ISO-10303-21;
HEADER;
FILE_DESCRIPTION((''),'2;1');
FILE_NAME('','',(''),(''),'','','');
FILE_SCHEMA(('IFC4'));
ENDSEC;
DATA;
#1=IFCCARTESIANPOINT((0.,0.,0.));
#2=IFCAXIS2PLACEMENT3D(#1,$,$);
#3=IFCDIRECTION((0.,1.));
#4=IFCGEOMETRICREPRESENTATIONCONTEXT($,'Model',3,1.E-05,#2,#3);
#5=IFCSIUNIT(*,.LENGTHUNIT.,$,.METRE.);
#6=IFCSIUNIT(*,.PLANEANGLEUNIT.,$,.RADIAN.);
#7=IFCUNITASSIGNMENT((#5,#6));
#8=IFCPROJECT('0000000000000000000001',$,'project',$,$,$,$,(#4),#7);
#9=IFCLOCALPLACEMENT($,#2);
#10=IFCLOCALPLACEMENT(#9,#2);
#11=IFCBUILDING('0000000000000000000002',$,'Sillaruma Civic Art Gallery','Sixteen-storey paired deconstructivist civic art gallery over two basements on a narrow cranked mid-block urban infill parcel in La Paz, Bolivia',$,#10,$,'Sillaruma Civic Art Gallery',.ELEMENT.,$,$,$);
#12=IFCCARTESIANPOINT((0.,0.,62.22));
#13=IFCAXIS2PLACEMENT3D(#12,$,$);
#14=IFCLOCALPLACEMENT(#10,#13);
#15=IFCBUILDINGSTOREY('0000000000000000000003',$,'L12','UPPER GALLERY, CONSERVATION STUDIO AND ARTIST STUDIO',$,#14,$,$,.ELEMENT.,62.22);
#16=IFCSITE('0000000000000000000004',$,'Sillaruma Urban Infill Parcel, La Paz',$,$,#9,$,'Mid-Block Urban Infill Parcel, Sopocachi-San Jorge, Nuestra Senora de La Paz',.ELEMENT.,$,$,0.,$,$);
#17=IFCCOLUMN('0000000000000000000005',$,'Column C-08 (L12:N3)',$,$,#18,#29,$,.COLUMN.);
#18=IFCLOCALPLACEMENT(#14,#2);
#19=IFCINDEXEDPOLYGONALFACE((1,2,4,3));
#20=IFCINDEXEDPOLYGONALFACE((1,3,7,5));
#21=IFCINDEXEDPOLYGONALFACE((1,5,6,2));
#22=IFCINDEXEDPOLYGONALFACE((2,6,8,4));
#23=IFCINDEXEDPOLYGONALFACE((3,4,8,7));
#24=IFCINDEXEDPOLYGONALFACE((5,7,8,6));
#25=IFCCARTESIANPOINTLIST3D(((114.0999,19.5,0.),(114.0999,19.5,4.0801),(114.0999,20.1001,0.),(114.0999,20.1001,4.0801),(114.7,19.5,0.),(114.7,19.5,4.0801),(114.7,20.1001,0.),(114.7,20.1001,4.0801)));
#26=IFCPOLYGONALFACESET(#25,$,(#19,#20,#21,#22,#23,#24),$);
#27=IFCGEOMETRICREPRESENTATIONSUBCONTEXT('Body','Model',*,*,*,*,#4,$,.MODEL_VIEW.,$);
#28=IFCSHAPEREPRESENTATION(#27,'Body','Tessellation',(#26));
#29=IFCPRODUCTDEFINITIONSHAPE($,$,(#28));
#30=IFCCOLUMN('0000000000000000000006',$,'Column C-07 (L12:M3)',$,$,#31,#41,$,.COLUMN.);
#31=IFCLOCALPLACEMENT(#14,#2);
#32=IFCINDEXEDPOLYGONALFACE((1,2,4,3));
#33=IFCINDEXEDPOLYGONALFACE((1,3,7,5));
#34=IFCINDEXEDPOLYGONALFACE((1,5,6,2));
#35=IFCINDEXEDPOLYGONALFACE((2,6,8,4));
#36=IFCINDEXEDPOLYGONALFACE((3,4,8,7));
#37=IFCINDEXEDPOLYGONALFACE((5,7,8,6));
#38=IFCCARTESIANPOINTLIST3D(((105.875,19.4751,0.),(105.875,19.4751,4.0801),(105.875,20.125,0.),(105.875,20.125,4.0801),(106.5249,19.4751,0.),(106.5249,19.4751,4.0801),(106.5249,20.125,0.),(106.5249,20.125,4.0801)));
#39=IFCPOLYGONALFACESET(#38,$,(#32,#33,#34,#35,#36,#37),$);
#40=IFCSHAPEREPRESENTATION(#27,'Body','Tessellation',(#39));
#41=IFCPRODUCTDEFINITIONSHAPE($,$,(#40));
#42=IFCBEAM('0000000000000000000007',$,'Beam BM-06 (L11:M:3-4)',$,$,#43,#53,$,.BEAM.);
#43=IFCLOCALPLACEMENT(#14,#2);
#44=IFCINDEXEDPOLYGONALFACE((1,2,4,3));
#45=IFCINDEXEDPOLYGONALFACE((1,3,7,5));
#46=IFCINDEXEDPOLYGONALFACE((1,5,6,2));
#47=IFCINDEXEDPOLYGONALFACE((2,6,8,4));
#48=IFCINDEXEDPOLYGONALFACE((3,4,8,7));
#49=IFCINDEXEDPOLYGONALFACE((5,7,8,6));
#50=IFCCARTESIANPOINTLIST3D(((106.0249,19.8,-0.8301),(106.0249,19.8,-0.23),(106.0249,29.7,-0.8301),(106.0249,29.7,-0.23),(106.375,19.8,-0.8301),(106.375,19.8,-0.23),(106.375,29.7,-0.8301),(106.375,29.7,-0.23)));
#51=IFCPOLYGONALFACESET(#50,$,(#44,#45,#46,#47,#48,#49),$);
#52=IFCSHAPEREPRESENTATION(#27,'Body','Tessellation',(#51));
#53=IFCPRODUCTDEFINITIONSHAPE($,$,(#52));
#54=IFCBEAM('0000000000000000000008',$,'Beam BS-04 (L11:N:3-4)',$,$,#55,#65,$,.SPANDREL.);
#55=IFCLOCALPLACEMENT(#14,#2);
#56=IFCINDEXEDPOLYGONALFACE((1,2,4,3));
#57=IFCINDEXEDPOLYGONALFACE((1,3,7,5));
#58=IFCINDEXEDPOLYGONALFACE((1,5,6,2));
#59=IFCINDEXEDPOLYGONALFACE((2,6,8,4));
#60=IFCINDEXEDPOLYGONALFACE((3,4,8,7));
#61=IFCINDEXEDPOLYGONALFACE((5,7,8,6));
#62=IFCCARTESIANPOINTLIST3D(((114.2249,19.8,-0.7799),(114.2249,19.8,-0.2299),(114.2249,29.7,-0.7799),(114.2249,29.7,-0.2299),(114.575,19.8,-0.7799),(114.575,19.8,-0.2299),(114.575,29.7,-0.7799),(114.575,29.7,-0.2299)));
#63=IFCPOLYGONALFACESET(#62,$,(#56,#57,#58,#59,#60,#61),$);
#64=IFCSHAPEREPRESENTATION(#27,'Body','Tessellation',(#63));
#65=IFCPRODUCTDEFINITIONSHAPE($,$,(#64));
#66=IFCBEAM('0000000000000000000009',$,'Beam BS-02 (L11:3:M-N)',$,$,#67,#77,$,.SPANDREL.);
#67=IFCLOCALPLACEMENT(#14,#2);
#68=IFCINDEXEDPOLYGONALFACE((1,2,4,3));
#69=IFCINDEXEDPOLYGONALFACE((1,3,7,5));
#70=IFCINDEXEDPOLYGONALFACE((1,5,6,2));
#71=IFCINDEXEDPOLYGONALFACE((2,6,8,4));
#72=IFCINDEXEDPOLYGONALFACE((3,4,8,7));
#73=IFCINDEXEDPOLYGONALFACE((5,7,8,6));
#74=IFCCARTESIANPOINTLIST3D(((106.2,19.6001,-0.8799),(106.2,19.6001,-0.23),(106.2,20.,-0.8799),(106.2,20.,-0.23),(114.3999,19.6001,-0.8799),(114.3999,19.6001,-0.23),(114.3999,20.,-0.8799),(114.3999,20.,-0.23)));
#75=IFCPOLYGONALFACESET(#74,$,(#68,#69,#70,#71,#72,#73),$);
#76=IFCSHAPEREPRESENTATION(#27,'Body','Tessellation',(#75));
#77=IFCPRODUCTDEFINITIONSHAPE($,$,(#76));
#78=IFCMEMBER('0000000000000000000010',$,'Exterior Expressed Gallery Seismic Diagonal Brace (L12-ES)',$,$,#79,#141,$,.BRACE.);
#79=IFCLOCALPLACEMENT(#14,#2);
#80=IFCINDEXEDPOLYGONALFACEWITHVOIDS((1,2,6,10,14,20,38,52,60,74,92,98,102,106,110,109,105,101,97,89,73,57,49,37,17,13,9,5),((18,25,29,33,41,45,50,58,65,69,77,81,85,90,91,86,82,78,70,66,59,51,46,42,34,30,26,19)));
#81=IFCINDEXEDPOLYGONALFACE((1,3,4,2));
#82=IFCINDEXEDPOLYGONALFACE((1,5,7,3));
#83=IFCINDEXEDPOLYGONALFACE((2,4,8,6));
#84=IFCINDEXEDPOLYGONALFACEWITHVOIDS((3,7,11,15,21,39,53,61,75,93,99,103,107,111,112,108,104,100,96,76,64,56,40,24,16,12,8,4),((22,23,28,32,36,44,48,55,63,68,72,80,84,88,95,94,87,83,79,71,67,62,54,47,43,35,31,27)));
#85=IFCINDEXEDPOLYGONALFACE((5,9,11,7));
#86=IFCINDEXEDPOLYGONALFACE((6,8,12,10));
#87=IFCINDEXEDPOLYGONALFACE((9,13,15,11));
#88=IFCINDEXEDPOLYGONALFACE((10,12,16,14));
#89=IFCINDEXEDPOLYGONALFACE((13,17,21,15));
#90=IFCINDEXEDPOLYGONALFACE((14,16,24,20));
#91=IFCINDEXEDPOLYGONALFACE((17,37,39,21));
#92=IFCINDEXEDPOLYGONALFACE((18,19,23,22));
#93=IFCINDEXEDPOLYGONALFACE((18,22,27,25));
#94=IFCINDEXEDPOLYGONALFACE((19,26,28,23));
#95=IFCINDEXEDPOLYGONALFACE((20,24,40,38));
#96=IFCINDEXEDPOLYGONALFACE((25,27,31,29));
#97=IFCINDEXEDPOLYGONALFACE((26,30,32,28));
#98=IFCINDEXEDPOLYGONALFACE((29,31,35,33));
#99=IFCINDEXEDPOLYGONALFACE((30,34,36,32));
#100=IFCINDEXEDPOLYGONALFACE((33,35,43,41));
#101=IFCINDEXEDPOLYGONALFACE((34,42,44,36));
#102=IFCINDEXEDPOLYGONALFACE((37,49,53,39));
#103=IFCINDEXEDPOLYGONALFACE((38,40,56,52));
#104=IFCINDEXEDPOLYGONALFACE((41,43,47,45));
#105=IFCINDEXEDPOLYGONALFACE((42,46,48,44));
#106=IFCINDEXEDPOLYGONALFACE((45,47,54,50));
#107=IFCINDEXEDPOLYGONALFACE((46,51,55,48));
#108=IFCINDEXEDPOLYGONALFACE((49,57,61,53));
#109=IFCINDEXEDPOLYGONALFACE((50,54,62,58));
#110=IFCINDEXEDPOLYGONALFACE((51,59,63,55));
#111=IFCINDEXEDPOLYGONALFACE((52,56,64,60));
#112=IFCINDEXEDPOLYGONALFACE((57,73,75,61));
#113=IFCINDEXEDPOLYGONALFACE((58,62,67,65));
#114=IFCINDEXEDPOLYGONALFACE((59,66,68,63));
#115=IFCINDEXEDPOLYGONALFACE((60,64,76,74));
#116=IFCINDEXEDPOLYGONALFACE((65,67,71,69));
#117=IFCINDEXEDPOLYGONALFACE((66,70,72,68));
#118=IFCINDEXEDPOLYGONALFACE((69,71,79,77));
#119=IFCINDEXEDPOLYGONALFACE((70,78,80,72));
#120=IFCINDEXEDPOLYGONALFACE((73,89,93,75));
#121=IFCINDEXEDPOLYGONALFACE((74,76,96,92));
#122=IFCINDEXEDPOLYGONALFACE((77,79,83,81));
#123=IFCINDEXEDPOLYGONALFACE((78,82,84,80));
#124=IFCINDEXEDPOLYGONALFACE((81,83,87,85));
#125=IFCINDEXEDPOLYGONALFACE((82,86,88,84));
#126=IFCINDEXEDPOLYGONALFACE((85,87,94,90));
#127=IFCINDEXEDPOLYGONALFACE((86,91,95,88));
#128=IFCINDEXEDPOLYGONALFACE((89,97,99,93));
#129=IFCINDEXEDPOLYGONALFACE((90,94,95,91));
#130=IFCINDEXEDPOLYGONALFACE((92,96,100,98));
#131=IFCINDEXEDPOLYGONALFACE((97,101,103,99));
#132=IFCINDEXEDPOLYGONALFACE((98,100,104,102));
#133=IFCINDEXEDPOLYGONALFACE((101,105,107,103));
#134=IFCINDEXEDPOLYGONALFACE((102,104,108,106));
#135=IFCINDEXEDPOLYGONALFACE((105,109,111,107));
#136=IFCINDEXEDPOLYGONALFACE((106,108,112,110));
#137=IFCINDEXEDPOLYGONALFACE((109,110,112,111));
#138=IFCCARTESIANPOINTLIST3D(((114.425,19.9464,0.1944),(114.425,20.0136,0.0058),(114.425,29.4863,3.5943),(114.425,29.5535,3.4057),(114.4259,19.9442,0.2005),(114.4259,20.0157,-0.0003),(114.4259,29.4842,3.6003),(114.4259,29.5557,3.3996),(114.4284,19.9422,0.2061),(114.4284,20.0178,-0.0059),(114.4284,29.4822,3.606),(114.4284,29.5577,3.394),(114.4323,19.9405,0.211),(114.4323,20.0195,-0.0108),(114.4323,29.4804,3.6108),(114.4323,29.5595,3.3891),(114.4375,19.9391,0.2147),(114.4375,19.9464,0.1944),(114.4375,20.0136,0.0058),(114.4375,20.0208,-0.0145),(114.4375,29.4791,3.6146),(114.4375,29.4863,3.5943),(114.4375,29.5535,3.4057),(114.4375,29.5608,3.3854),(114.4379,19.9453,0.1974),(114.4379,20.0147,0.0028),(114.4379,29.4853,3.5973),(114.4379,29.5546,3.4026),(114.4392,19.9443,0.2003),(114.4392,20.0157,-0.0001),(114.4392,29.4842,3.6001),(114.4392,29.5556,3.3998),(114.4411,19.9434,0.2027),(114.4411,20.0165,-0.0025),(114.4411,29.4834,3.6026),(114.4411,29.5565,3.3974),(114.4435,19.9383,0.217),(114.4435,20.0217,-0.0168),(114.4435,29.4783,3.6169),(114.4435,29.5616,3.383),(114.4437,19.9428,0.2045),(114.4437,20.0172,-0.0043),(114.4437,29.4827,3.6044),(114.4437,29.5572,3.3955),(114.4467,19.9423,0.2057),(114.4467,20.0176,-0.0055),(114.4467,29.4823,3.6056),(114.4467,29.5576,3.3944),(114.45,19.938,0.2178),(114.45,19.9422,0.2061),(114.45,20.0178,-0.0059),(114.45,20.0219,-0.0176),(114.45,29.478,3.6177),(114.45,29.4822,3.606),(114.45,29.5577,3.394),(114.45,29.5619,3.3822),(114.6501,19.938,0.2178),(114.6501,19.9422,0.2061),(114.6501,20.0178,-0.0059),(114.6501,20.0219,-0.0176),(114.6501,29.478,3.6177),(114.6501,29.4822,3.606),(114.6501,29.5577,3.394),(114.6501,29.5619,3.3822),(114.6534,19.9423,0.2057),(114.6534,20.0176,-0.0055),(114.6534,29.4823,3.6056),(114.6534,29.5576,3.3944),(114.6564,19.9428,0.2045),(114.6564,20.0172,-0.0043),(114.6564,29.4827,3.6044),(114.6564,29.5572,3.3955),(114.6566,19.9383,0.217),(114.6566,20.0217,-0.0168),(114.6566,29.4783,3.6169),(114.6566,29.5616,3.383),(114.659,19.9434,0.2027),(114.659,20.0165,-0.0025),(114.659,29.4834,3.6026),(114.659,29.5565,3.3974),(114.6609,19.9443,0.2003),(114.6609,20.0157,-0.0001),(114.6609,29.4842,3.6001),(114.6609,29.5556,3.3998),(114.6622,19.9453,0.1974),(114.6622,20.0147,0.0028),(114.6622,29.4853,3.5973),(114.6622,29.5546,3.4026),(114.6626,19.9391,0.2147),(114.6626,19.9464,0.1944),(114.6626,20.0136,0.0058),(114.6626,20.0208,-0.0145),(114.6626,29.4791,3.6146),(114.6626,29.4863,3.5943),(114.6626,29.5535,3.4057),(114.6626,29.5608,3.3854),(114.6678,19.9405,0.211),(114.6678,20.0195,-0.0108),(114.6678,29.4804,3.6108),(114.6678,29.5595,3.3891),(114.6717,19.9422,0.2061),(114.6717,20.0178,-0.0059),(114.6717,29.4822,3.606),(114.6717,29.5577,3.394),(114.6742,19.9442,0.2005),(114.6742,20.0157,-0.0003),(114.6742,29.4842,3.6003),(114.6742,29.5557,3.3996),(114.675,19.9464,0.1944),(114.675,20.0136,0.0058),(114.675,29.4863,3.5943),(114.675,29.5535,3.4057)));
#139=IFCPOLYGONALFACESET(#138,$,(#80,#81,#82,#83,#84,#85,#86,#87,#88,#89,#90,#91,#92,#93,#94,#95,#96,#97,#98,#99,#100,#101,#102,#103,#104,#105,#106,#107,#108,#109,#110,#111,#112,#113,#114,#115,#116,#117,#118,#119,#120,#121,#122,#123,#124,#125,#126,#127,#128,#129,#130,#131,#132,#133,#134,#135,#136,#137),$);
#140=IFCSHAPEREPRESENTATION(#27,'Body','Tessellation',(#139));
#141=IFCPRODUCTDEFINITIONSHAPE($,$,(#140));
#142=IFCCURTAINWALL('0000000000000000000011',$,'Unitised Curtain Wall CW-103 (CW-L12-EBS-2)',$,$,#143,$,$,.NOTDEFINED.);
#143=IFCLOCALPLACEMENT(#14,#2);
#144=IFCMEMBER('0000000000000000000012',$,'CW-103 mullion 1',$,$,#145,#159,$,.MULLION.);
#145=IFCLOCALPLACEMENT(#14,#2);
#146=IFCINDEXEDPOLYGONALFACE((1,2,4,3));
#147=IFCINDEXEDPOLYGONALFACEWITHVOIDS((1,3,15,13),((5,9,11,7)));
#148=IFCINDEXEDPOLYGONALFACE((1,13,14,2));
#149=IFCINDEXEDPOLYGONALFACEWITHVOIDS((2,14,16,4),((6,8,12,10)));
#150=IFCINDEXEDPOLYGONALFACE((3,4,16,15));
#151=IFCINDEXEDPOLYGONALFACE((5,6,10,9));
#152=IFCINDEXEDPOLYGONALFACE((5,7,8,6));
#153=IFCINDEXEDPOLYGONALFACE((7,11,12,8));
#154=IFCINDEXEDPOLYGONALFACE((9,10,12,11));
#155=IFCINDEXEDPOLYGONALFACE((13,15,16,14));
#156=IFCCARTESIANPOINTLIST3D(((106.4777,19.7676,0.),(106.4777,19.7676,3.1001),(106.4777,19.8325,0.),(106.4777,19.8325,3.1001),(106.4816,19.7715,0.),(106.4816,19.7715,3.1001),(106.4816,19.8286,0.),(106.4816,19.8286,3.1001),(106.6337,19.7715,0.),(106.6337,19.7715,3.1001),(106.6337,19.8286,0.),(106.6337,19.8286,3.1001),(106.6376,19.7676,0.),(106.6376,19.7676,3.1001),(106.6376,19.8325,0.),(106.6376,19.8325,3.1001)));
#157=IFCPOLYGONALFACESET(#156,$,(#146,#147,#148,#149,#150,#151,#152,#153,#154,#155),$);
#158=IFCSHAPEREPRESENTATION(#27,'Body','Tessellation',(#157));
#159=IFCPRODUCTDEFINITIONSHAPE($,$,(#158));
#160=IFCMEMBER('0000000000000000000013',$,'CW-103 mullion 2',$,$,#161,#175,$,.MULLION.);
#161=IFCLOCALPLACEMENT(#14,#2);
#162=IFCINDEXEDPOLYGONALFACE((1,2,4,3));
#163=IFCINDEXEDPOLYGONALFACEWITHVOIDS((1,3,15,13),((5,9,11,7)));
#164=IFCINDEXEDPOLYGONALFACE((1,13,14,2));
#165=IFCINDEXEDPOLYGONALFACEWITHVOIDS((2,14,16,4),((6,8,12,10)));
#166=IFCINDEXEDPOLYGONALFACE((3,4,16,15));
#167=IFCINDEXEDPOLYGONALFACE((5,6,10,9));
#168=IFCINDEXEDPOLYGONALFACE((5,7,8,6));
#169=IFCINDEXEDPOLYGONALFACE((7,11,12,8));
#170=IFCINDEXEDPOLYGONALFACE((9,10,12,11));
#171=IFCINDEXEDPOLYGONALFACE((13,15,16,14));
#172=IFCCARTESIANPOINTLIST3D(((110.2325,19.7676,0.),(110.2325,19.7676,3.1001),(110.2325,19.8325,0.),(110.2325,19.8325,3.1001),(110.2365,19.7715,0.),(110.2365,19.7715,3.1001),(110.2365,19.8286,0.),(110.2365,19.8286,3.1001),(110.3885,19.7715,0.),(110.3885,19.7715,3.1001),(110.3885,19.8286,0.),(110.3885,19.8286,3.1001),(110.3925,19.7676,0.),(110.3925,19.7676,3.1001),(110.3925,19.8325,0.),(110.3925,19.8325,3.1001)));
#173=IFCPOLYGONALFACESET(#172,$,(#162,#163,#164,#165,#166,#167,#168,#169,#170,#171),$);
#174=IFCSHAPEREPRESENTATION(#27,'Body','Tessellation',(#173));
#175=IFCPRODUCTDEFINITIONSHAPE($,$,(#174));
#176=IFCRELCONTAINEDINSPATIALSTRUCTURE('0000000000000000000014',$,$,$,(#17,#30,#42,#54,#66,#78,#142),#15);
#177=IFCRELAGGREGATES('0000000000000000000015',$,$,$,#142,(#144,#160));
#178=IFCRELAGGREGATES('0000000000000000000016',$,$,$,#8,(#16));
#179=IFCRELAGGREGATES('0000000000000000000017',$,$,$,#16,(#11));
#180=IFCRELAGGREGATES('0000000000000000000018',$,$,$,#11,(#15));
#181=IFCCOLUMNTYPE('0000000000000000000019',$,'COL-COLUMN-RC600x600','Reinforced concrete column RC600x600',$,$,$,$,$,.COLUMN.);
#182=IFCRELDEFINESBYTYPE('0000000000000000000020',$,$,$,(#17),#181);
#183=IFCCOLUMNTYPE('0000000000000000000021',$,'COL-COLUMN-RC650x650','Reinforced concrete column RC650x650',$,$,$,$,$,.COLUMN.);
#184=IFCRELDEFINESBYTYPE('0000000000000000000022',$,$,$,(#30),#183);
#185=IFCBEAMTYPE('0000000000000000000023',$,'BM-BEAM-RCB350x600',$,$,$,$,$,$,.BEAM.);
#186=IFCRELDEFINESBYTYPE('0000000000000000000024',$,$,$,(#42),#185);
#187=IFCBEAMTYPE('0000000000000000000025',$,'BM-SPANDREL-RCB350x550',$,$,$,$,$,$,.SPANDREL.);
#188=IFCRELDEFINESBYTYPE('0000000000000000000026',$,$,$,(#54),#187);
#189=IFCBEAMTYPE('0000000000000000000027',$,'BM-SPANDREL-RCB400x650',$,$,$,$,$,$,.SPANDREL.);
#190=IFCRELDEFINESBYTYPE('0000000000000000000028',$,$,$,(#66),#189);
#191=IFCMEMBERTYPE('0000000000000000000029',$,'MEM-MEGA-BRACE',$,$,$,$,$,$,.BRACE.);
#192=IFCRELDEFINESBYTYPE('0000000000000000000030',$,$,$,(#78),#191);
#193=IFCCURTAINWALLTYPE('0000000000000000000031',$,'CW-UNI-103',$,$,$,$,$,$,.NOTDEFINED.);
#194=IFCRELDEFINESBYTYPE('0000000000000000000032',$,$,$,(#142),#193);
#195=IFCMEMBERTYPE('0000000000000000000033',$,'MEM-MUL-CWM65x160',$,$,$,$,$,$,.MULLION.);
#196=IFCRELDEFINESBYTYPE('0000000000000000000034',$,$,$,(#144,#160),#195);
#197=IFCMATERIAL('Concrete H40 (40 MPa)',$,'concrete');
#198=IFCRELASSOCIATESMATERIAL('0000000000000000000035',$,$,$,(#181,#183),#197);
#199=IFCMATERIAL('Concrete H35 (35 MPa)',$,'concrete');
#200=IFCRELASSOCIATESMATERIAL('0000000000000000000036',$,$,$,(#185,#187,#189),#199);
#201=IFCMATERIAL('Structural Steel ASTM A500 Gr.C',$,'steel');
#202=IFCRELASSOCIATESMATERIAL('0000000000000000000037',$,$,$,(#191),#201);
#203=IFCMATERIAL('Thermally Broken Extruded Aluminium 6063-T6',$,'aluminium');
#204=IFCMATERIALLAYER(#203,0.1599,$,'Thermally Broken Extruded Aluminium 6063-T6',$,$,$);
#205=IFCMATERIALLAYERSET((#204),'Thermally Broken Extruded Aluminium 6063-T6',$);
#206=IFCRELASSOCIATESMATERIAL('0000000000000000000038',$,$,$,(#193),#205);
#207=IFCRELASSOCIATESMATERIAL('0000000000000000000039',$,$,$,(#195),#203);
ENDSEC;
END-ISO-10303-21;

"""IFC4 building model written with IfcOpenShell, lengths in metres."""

from ifc_helpers import new_model, si_unit, direction, frame, origin, origin_2d, place, context, subcontext, project, spatial, rectangle, hollow_rectangle, extrude, material, layer, layer_set, material_profile, profile_set, type_object, element, aggregate, save


model = new_model("IFC4")

# Units and contexts
model_context = context("Model", 3, precision=1e-05, world=origin(), true_north=direction((0.0, 1.0)))
body_context = subcontext(model_context, "Body", "Model", "MODEL_VIEW")
ifc_project = project(units=[si_unit("LENGTHUNIT", "METRE"), si_unit("PLANEANGLEUNIT", "RADIAN")], contexts=[model_context])

# Site, building, storey
site_placement = place(None, origin())
site = spatial("IfcSite", under=ifc_project, at=site_placement, Name="Sillaruma Urban Infill Parcel, La Paz", LongName="Mid-Block Urban Infill Parcel, Sopocachi-San Jorge, Nuestra Senora de La Paz", CompositionType="ELEMENT", RefElevation=0.0)
building_placement = place(site_placement, origin())
building = spatial("IfcBuilding", under=site, at=building_placement, Name="Sillaruma Civic Art Gallery", Description="Sixteen-storey paired deconstructivist civic art gallery over two basements on a narrow cranked mid-block urban infill parcel in La Paz, Bolivia", LongName="Sillaruma Civic Art Gallery", CompositionType="ELEMENT")
storey_placement = place(building_placement, frame((0.0, 0.0, 62.22)))
storey = spatial("IfcBuildingStorey", under=building, at=storey_placement, Name="L12", Description="UPPER GALLERY, CONSERVATION STUDIO AND ARTIST STUDIO", CompositionType="ELEMENT", Elevation=62.22)

# Columns
ifc_material_1 = material(Name="Concrete H40 (40 MPa)", Category="concrete")
ifc_material_profile_1 = material_profile(ifc_material_1, rectangle(XDim=0.6001, YDim=0.6001, at=origin_2d()), Name="RC600x600")
ifc_profile_set_1 = profile_set([ifc_material_profile_1], Name="Concrete H40 (40 MPa)")
column_type_1 = type_object("IfcColumnType", Name="COL-COLUMN-RC600x600", Description="Reinforced concrete column RC600x600", PredefinedType="COLUMN", material=ifc_profile_set_1)
column_1_placement = place(storey_placement, frame((114.3999, 19.8, 0.0), z_axis=(0.0, 0.0, 1.0), x_axis=(1.0, 0.0, 0.0)))
element("IfcColumn", 1, at=column_1_placement, inside=storey, type_object=column_type_1, Name="Column C-08 (L12:N3)", PredefinedType="COLUMN", context=body_context, shape_type="SweptSolid", body=[
    extrude(rectangle(XDim=0.6001, YDim=0.6001, at=origin_2d()), origin(), (0.0, 0.0, 1.0), 4.0801),
])
ifc_material_profile_2 = material_profile(ifc_material_1, rectangle(XDim=0.6499, YDim=0.6499, at=origin_2d()), Name="RC650x650")
ifc_profile_set_2 = profile_set([ifc_material_profile_2], Name="Concrete H40 (40 MPa)")
column_type_2 = type_object("IfcColumnType", Name="COL-COLUMN-RC650x650", Description="Reinforced concrete column RC650x650", PredefinedType="COLUMN", material=ifc_profile_set_2)
column_2_placement = place(storey_placement, frame((106.2, 19.8, 0.0), z_axis=(0.0, 0.0, 1.0), x_axis=(1.0, 0.0, 0.0)))
element("IfcColumn", 2, at=column_2_placement, inside=storey, type_object=column_type_2, Name="Column C-07 (L12:M3)", PredefinedType="COLUMN", context=body_context, shape_type="SweptSolid", body=[
    extrude(rectangle(XDim=0.6499, YDim=0.6499, at=origin_2d()), origin(), (0.0, 0.0, 1.0), 4.0801),
])

# Beams
ifc_material_2 = material(Name="Concrete H35 (35 MPa)", Category="concrete")
ifc_material_profile_3 = material_profile(ifc_material_2, rectangle(XDim=0.3501, YDim=0.6001, at=origin_2d()), Name="RCB350x600")
ifc_profile_set_3 = profile_set([ifc_material_profile_3], Name="Concrete H35 (35 MPa)")
beam_type_1 = type_object("IfcBeamType", Name="BM-BEAM-RCB350x600", PredefinedType="BEAM", material=ifc_profile_set_3)
beam_1_placement = place(storey_placement, frame((106.2, 19.8, -0.53), z_axis=(0.0, 1.0, 0.0), x_axis=(-1.0, 0.0, 0.0)))
element("IfcBeam", 3, at=beam_1_placement, inside=storey, type_object=beam_type_1, Name="Beam BM-06 (L11:M:3-4)", PredefinedType="BEAM", context=body_context, shape_type="SweptSolid", body=[
    extrude(rectangle(XDim=0.3501, YDim=0.6001, at=origin_2d()), origin(), (0.0, 0.0, 1.0), 9.8999),
])
ifc_material_profile_4 = material_profile(ifc_material_2, rectangle(XDim=0.3501, YDim=0.55, at=origin_2d()), Name="RCB350x550")
ifc_profile_set_4 = profile_set([ifc_material_profile_4], Name="Concrete H35 (35 MPa)")
beam_type_2 = type_object("IfcBeamType", Name="BM-SPANDREL-RCB350x550", PredefinedType="SPANDREL", material=ifc_profile_set_4)
beam_2_placement = place(storey_placement, frame((114.3999, 19.8, -0.5049), z_axis=(0.0, 1.0, 0.0), x_axis=(-1.0, 0.0, 0.0)))
element("IfcBeam", 4, at=beam_2_placement, inside=storey, type_object=beam_type_2, Name="Beam BS-04 (L11:N:3-4)", PredefinedType="SPANDREL", context=body_context, shape_type="SweptSolid", body=[
    extrude(rectangle(XDim=0.3501, YDim=0.55, at=origin_2d()), origin(), (0.0, 0.0, 1.0), 9.8999),
])
ifc_material_profile_5 = material_profile(ifc_material_2, rectangle(XDim=0.3999, YDim=0.6499, at=origin_2d()), Name="RCB400x650")
ifc_profile_set_5 = profile_set([ifc_material_profile_5], Name="Concrete H35 (35 MPa)")
beam_type_3 = type_object("IfcBeamType", Name="BM-SPANDREL-RCB400x650", PredefinedType="SPANDREL", material=ifc_profile_set_5)
beam_3_placement = place(storey_placement, frame((106.2, 19.8, -0.5549), z_axis=(1.0, 0.0, 0.0), x_axis=(0.0, 1.0, 0.0)))
element("IfcBeam", 5, at=beam_3_placement, inside=storey, type_object=beam_type_3, Name="Beam BS-02 (L11:3:M-N)", PredefinedType="SPANDREL", context=body_context, shape_type="SweptSolid", body=[
    extrude(rectangle(XDim=0.3999, YDim=0.6499, at=origin_2d()), origin(), (0.0, 0.0, 1.0), 8.2),
])

# Member
ifc_material_3 = material(Name="Structural Steel ASTM A500 Gr.C", Category="steel")
ifc_material_profile_6 = material_profile(ifc_material_3, hollow_rectangle(XDim=0.25, YDim=0.25, WallThickness=0.0125, InnerFilletRadius=0.0125, OuterFilletRadius=0.0249, at=origin_2d()), Name="HSS250x250x12.5")
ifc_profile_set_6 = profile_set([ifc_material_profile_6], Name="Structural Steel ASTM A500 Gr.C")
member_type_1 = type_object("IfcMemberType", Name="MEM-MEGA-BRACE", PredefinedType="BRACE", material=ifc_profile_set_6)
member_1_placement = place(storey_placement, frame((114.55, 19.98, 0.1001), z_axis=(0.0, 0.941969, 0.335701), x_axis=(-1.0, 0.0, 0.0)))
element("IfcMember", 6, at=member_1_placement, inside=storey, type_object=member_type_1, Name="Exterior Expressed Gallery Seismic Diagonal Brace (L12-ES)", PredefinedType="BRACE", context=body_context, shape_type="SweptSolid", body=[
    extrude(hollow_rectangle(XDim=0.25, YDim=0.25, WallThickness=0.0125, InnerFilletRadius=0.0125, OuterFilletRadius=0.0249, at=origin_2d()), origin(), (0.0, 0.0, 1.0), 10.1277),
])

# Curtain wall, members
ifc_material_4 = material(Name="Thermally Broken Extruded Aluminium 6063-T6", Category="aluminium")
ifc_layer_1 = layer(ifc_material_4, 0.1599, Name="Thermally Broken Extruded Aluminium 6063-T6")
ifc_layer_set_1 = layer_set([ifc_layer_1], Name="Thermally Broken Extruded Aluminium 6063-T6")
curtain_wall_type = type_object("IfcCurtainWallType", Name="CW-UNI-103", PredefinedType="NOTDEFINED", material=ifc_layer_set_1)
curtain_wall_placement = place(storey_placement, origin())
curtain_wall = element("IfcCurtainWall", 7, at=curtain_wall_placement, inside=storey, type_object=curtain_wall_type, Name="Unitised Curtain Wall CW-103 (CW-L12-EBS-2)", PredefinedType="NOTDEFINED")
ifc_material_profile_7 = material_profile(ifc_material_4, hollow_rectangle(XDim=0.0649, YDim=0.1599, WallThickness=0.0039, at=origin_2d()), Name="CWM65x160")
ifc_profile_set_7 = profile_set([ifc_material_profile_7], Name="Thermally Broken Extruded Aluminium 6063-T6")
member_type_2 = type_object("IfcMemberType", Name="MEM-MUL-CWM65x160", PredefinedType="MULLION", material=ifc_profile_set_7)
member_2_placement = place(storey_placement, frame((106.5576, 19.8, 0.0), z_axis=(0.0, 0.0, 1.0), x_axis=(0.0, 1.0, 0.0)))
member_2 = element("IfcMember", 8, at=member_2_placement, type_object=member_type_2, Name="CW-103 mullion 1", PredefinedType="MULLION", context=body_context, shape_type="SweptSolid", body=[
    extrude(hollow_rectangle(XDim=0.0649, YDim=0.1599, WallThickness=0.0039, at=origin_2d()), origin(), (0.0, 0.0, 1.0), 3.1001),
])
member_3_placement = place(storey_placement, frame((110.3125, 19.8, 0.0), z_axis=(0.0, 0.0, 1.0), x_axis=(0.0, 1.0, 0.0)))
member_3 = element("IfcMember", 9, at=member_3_placement, type_object=member_type_2, Name="CW-103 mullion 2", PredefinedType="MULLION", context=body_context, shape_type="SweptSolid", body=[
    extrude(hollow_rectangle(XDim=0.0649, YDim=0.1599, WallThickness=0.0039, at=origin_2d()), origin(), (0.0, 0.0, 1.0), 3.1001),
])
aggregate(curtain_wall, [member_2, member_3])

save(model, "model.ifc")
